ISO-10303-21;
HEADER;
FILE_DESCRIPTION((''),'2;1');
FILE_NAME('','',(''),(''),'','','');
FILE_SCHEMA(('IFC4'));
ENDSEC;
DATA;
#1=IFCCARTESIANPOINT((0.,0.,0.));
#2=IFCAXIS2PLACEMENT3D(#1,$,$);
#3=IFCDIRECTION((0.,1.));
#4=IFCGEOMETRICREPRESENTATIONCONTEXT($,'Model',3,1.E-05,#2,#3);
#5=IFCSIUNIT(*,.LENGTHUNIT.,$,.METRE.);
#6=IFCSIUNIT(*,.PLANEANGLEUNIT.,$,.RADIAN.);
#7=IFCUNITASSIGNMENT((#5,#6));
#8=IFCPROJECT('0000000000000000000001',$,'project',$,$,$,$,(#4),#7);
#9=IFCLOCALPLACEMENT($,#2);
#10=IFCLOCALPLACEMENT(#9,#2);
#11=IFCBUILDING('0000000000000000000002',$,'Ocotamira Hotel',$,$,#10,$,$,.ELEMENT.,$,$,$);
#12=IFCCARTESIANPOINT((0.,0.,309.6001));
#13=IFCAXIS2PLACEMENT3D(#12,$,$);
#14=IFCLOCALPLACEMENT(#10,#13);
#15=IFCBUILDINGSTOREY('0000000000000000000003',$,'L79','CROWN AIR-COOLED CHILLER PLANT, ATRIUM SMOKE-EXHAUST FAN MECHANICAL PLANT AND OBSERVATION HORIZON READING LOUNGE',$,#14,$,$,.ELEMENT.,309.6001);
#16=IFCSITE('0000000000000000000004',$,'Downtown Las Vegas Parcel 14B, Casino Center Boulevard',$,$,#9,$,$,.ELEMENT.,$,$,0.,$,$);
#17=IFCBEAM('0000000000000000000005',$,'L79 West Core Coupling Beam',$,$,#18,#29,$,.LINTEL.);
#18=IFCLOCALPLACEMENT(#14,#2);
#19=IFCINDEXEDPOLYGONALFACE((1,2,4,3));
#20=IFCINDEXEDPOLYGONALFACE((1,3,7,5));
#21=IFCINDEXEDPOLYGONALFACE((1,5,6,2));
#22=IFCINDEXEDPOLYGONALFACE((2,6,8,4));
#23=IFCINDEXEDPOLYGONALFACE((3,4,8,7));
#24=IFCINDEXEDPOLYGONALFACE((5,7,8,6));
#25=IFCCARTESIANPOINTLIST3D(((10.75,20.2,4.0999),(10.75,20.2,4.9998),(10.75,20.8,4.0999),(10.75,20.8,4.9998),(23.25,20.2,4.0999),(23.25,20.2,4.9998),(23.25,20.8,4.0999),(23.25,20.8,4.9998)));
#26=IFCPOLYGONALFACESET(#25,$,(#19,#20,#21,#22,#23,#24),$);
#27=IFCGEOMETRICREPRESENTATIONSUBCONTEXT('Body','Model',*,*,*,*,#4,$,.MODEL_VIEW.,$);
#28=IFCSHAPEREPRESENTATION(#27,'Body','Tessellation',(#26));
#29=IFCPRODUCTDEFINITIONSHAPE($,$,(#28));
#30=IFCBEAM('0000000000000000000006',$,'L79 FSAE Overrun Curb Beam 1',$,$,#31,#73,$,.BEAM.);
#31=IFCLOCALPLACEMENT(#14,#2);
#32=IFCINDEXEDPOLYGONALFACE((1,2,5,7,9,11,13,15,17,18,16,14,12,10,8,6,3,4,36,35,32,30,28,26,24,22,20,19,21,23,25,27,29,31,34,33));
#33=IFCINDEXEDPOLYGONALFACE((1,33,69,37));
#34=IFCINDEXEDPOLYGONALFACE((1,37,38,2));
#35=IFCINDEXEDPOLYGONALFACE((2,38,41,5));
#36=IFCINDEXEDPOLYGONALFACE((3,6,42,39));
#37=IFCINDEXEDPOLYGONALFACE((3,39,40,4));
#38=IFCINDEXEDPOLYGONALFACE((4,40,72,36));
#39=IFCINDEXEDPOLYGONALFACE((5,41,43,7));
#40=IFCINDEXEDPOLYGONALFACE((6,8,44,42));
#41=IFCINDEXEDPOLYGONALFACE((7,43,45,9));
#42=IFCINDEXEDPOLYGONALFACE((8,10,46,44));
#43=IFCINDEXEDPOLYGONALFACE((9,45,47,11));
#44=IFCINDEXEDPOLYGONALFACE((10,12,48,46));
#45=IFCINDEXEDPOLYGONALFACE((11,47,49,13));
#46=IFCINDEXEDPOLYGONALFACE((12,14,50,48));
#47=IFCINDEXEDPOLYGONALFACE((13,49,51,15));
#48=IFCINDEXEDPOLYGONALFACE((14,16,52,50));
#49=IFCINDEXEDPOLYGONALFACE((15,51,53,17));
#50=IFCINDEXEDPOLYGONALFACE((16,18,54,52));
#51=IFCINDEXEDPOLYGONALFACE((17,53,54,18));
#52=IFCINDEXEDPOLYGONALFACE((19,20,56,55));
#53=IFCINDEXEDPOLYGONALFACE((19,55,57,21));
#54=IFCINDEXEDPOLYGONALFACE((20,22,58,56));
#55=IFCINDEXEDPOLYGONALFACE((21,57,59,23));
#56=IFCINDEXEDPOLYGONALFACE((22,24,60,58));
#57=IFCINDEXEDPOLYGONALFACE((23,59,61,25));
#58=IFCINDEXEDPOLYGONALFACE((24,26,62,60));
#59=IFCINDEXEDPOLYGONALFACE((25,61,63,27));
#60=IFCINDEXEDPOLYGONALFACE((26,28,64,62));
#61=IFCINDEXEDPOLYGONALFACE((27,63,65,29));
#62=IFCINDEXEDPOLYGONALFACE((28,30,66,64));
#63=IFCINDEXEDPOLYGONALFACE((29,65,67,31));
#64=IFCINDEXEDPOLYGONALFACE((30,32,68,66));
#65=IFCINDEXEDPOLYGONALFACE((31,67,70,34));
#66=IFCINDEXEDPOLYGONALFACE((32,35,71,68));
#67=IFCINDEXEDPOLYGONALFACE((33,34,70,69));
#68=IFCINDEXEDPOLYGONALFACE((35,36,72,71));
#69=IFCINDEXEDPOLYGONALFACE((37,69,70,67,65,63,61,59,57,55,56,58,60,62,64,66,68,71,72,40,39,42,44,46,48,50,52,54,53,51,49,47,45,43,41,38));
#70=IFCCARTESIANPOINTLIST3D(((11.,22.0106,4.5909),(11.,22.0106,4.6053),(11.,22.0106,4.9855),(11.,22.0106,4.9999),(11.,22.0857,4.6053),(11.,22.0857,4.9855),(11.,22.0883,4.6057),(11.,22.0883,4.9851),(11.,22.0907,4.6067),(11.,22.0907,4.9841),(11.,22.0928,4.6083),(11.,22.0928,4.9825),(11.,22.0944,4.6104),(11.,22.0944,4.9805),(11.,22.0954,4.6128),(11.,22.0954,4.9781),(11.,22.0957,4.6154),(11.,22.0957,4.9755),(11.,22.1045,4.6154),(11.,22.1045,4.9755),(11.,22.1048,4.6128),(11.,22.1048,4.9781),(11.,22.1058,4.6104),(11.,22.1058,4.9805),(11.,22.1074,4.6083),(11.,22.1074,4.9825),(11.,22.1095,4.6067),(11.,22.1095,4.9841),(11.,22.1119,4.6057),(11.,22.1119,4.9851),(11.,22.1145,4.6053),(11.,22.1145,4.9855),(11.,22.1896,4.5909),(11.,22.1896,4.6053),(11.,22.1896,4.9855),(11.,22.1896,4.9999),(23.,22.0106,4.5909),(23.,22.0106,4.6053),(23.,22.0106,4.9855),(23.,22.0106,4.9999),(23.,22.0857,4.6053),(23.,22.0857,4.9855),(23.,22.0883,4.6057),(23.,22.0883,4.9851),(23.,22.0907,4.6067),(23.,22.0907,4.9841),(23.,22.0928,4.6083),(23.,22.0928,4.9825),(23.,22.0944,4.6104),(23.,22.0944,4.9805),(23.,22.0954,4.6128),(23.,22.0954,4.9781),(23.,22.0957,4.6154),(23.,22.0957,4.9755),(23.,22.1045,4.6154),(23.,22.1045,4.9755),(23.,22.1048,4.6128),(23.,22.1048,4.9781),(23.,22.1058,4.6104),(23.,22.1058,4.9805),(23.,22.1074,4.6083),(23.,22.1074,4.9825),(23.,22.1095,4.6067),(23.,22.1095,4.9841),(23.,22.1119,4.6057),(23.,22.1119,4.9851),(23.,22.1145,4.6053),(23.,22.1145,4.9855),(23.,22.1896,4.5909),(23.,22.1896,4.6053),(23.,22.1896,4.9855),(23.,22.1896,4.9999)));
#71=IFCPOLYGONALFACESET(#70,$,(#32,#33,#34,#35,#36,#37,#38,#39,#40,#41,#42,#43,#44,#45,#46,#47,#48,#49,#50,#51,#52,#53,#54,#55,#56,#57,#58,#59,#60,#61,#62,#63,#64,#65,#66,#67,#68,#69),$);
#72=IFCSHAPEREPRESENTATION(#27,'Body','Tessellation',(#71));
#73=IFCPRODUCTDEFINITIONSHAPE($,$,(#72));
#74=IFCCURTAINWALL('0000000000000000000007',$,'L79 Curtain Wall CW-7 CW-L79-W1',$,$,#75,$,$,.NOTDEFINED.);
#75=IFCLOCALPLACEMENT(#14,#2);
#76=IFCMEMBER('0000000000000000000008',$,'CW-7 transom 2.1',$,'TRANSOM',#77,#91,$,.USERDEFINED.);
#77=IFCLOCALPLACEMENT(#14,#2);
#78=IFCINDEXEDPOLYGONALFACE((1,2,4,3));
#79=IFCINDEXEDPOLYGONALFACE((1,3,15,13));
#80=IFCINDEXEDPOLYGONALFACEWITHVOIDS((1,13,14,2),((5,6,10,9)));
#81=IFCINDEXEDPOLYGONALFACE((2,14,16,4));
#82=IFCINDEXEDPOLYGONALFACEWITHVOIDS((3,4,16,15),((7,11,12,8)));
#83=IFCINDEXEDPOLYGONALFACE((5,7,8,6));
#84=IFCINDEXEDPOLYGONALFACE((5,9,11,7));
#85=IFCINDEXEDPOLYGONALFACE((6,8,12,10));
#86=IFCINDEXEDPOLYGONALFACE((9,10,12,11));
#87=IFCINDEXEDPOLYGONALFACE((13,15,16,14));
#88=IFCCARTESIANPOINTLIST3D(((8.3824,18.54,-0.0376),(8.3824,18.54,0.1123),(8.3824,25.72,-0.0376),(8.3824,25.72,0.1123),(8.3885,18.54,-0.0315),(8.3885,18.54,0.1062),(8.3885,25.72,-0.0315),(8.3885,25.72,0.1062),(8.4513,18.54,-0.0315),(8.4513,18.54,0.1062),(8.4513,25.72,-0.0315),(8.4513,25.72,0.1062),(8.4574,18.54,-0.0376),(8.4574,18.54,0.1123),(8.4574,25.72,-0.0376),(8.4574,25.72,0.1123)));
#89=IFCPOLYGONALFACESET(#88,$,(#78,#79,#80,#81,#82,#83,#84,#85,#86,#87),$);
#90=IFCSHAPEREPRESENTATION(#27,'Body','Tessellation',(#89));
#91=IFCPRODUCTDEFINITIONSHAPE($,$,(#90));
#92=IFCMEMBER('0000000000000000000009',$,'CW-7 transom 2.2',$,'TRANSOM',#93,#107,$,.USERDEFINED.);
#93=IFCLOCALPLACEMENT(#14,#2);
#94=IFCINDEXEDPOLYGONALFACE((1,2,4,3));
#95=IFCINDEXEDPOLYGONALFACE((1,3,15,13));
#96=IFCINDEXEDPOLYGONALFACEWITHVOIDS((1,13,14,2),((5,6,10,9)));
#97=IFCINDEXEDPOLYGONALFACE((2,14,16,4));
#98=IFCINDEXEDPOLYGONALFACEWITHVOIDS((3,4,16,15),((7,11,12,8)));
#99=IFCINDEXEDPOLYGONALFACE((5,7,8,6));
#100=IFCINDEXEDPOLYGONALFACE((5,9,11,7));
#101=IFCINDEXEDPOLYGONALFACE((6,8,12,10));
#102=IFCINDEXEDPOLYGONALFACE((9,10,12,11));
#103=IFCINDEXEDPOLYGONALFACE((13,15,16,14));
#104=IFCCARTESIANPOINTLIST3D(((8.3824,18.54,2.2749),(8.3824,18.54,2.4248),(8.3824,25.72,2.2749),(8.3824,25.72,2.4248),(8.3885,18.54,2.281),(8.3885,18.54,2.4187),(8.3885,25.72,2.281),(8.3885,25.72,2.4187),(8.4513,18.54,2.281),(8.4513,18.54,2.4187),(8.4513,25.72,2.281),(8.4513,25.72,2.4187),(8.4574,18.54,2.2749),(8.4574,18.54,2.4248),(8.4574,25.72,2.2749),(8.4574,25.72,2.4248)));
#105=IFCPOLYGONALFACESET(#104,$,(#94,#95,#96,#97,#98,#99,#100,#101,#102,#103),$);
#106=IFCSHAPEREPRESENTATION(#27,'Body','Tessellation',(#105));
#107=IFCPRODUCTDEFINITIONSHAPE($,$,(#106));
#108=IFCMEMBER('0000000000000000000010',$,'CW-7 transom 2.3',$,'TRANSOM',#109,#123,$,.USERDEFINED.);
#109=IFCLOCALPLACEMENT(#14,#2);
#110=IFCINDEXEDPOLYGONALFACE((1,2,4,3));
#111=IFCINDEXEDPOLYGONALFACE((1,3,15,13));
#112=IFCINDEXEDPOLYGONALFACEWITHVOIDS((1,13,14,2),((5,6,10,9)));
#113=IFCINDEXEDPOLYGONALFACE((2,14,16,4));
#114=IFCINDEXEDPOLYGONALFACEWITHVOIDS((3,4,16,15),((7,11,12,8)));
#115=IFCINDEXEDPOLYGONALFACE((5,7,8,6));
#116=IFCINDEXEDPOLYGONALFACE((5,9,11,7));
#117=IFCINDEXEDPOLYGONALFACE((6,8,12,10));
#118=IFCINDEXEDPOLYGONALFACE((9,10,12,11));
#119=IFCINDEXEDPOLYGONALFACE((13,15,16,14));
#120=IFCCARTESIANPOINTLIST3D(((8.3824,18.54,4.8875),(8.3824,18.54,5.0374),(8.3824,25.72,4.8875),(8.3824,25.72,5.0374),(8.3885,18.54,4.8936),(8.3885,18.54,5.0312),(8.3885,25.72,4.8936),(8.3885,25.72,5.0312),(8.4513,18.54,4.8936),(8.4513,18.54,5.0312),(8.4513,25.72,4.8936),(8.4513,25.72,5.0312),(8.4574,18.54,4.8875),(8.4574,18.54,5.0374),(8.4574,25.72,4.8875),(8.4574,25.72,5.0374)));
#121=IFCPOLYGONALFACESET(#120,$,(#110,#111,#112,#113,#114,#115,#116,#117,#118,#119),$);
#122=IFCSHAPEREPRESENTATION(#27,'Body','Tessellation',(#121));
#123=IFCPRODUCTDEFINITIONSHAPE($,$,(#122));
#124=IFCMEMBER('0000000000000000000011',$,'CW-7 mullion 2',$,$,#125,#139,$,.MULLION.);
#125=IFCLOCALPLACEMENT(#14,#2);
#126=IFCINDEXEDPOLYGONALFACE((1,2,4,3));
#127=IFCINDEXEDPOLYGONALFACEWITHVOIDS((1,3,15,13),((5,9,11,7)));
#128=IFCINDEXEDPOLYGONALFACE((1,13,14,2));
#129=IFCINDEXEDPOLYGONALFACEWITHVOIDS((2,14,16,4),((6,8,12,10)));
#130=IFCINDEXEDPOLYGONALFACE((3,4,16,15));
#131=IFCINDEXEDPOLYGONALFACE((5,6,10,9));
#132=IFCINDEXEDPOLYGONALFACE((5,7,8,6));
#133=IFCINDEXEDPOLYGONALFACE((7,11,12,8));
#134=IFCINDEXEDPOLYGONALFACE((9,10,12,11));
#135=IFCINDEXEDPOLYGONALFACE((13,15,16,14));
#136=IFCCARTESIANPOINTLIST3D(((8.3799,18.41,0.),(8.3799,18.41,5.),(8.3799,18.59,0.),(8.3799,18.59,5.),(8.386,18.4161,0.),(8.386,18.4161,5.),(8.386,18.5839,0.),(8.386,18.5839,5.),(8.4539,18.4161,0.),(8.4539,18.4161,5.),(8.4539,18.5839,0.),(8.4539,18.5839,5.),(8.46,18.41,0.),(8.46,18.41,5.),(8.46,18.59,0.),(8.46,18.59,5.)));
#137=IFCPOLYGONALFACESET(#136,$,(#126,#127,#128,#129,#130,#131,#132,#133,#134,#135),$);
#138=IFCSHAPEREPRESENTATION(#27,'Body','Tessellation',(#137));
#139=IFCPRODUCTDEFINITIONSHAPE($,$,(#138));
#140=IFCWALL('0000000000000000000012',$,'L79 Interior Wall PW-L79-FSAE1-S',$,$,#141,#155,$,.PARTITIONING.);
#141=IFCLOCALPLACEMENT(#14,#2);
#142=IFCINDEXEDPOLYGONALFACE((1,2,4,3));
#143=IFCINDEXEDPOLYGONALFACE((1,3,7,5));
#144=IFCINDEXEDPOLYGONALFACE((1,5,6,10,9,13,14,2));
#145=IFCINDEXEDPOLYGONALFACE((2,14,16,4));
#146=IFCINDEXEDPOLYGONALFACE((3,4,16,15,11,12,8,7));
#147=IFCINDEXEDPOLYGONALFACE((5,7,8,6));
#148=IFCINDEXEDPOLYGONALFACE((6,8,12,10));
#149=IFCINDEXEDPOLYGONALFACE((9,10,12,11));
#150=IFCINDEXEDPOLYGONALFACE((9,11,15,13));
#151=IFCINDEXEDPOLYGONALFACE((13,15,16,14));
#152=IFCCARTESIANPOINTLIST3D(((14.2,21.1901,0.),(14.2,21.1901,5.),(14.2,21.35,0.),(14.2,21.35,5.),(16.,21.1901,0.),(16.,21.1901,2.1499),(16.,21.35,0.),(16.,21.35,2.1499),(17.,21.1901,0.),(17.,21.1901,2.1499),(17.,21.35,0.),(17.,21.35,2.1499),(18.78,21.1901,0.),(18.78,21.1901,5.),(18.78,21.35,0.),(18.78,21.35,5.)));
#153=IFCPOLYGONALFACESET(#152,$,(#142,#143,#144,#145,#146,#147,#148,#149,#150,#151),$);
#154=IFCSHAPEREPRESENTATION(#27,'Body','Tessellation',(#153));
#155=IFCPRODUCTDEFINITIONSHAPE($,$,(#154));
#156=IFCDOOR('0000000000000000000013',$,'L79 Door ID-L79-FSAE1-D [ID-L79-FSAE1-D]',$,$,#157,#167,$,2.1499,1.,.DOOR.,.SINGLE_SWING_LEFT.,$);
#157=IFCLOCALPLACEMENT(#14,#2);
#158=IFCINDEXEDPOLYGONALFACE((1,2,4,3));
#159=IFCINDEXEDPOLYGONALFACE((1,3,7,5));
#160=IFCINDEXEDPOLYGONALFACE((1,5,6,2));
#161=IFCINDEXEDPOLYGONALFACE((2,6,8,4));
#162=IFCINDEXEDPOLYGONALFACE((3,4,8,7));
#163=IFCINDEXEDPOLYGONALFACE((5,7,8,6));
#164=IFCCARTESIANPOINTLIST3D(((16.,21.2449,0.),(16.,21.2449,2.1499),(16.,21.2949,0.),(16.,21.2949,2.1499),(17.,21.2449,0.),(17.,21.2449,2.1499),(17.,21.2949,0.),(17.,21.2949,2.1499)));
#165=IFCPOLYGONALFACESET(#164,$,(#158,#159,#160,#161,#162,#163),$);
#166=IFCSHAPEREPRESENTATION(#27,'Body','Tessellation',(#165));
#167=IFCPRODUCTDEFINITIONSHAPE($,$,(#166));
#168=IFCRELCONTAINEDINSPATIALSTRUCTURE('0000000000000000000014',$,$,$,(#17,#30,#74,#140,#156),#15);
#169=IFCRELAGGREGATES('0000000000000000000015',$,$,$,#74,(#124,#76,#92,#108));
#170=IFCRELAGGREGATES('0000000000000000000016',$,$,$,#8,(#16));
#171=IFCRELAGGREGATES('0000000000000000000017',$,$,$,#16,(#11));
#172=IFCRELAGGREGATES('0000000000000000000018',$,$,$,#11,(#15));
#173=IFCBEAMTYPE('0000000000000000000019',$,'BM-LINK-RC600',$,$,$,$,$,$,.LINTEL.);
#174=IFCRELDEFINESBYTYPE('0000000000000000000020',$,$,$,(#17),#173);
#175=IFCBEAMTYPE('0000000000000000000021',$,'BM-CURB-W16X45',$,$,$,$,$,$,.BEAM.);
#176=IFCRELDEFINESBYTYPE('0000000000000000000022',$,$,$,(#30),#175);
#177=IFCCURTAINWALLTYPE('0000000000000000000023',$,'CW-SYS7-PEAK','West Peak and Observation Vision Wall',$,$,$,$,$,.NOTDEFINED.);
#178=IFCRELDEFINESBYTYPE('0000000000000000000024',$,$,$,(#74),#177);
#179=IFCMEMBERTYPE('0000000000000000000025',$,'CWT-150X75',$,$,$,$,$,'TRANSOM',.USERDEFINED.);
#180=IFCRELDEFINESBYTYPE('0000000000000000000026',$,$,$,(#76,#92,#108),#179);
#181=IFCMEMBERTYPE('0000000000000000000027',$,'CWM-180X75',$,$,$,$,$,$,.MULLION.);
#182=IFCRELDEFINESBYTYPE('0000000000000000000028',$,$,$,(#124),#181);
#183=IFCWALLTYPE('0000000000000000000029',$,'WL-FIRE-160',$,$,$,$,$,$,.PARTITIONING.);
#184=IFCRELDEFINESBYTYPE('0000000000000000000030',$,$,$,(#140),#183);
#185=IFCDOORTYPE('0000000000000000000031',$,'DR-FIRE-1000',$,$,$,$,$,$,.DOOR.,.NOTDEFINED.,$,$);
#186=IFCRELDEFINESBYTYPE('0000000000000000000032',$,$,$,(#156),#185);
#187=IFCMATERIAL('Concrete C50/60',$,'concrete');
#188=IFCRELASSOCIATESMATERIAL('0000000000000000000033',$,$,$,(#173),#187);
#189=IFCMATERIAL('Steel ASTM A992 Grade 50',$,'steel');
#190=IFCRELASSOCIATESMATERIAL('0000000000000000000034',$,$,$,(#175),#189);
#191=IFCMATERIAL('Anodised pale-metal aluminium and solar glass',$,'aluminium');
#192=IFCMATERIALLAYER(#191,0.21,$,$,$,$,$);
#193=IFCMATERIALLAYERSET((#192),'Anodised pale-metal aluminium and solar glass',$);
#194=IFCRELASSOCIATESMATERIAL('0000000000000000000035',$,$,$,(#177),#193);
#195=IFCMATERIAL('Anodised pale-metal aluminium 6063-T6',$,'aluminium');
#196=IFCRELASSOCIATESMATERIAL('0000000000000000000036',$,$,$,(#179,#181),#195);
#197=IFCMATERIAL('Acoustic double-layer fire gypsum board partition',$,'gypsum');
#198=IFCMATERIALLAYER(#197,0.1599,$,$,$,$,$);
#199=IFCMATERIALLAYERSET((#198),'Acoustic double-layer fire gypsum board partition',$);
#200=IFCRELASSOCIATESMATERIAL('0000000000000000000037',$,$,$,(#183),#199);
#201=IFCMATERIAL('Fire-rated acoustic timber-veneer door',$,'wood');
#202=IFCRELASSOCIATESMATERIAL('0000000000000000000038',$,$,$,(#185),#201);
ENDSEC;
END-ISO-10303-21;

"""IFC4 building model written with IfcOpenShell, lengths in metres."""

from ifc_helpers import new_model, si_unit, direction, frame, frame_2d, origin, origin_2d, place, context, subcontext, project, spatial, rectangle, hollow_rectangle, i_section, extrude, source, transform, mapped, material, layer, layer_set, material_profile, profile_set, type_object, element, fill, aggregate, save


model = new_model("IFC4")

# Units and contexts
model_context = context("Model", 3, precision=1e-05, world=origin(), true_north=direction((0.0, 1.0)))
body_context = subcontext(model_context, "Body", "Model", "MODEL_VIEW")
ifc_project = project(units=[si_unit("LENGTHUNIT", "METRE"), si_unit("PLANEANGLEUNIT", "RADIAN")], contexts=[model_context])

# Site, building, storey
site_placement = place(None, origin())
site = spatial("IfcSite", under=ifc_project, at=site_placement, Name="Downtown Las Vegas Parcel 14B, Casino Center Boulevard", CompositionType="ELEMENT", RefElevation=0.0)
building_placement = place(site_placement, origin())
building = spatial("IfcBuilding", under=site, at=building_placement, Name="Ocotamira Hotel", CompositionType="ELEMENT")
storey_placement = place(building_placement, frame((0.0, 0.0, 309.6001)))
storey = spatial("IfcBuildingStorey", under=building, at=storey_placement, Name="L79", Description="CROWN AIR-COOLED CHILLER PLANT, ATRIUM SMOKE-EXHAUST FAN MECHANICAL PLANT AND OBSERVATION HORIZON READING LOUNGE", CompositionType="ELEMENT", Elevation=309.6001)

# Beams
ifc_material_1 = material(Name="Concrete C50/60", Category="concrete")
ifc_material_profile_1 = material_profile(ifc_material_1, rectangle(XDim=0.6001, YDim=0.8999, at=origin_2d()), Name="RC600X900")
ifc_profile_set_1 = profile_set([ifc_material_profile_1], Name="Concrete C50/60")
beam_type_1 = type_object("IfcBeamType", Name="BM-LINK-RC600", PredefinedType="LINTEL", material=ifc_profile_set_1)
shared_shape_1 = source(origin(), body_context, "Body", "SweptSolid", [
    extrude(rectangle(XDim=0.6001, YDim=0.8999, at=origin_2d()), origin(), (0.0, 0.0, 1.0), 12.5),
])
beam_1_placement = place(storey_placement, frame((10.75, 20.5, 4.5498), z_axis=(1.0, 0.0, 0.0), x_axis=(0.0, 1.0, 0.0)))
element("IfcBeam", 1, at=beam_1_placement, inside=storey, type_object=beam_type_1, Name="L79 West Core Coupling Beam", PredefinedType="LINTEL", context=body_context, shape_type="MappedRepresentation", body=[
    mapped(shared_shape_1, transform((0.0, 0.0, 0.0), scale=1.0)),
])
ifc_material_2 = material(Name="Steel ASTM A992 Grade 50", Category="steel")
ifc_material_profile_2 = material_profile(ifc_material_2, i_section(OverallWidth=0.179, OverallDepth=0.4089, WebThickness=0.0088, FlangeThickness=0.0144, FilletRadius=0.01, at=origin_2d()), Name="W16X45")
ifc_profile_set_2 = profile_set([ifc_material_profile_2], Name="Steel ASTM A992 Grade 50")
beam_type_2 = type_object("IfcBeamType", Name="BM-CURB-W16X45", PredefinedType="BEAM", material=ifc_profile_set_2)
shared_shape_2 = source(origin(), body_context, "Body", "SweptSolid", [
    extrude(i_section(OverallWidth=0.179, OverallDepth=0.4089, WebThickness=0.0088, FlangeThickness=0.0144, FilletRadius=0.01, at=origin_2d()), origin(), (0.0, 0.0, 1.0), 12.0),
])
beam_2_placement = place(storey_placement, frame((11.0, 22.1001, 4.7954), z_axis=(1.0, 0.0, 0.0), x_axis=(0.0, 1.0, 0.0)))
element("IfcBeam", 2, at=beam_2_placement, inside=storey, type_object=beam_type_2, Name="L79 FSAE Overrun Curb Beam 1", PredefinedType="BEAM", context=body_context, shape_type="MappedRepresentation", body=[
    mapped(shared_shape_2, transform((0.0, 0.0, 0.0), scale=1.0)),
])

# Curtain wall, members
ifc_material_3 = material(Name="Anodised pale-metal aluminium and solar glass", Category="aluminium")
ifc_layer_1 = layer(ifc_material_3, 0.21)
ifc_layer_set_1 = layer_set([ifc_layer_1], Name="Anodised pale-metal aluminium and solar glass")
curtain_wall_type = type_object("IfcCurtainWallType", Name="CW-SYS7-PEAK", Description="West Peak and Observation Vision Wall", PredefinedType="NOTDEFINED", material=ifc_layer_set_1)
curtain_wall_placement = place(storey_placement, origin())
curtain_wall = element("IfcCurtainWall", 3, at=curtain_wall_placement, inside=storey, type_object=curtain_wall_type, Name="L79 Curtain Wall CW-7 CW-L79-W1", PredefinedType="NOTDEFINED")
ifc_material_4 = material(Name="Anodised pale-metal aluminium 6063-T6", Category="aluminium")
ifc_material_profile_3 = material_profile(ifc_material_4, hollow_rectangle(XDim=0.075, YDim=0.1499, WallThickness=0.0061, at=origin_2d()), Name="HSS150X75X6")
ifc_profile_set_3 = profile_set([ifc_material_profile_3], Name="Anodised pale-metal aluminium 6063-T6")
member_type_1 = type_object("IfcMemberType", Name="CWT-150X75", ElementType="TRANSOM", PredefinedType="USERDEFINED", material=ifc_profile_set_3)
shared_shape_3 = source(origin(), body_context, "Body", "SweptSolid", [
    extrude(hollow_rectangle(XDim=0.075, YDim=0.1499, WallThickness=0.0061, at=origin_2d()), origin(), (0.0, 0.0, 1.0), 7.1799),
])
member_1_placement = place(storey_placement, frame((8.4199, 18.54, 0.0374), z_axis=(0.0, 1.0, 0.0), x_axis=(-1.0, 0.0, 0.0)))
member_1 = element("IfcMember", 4, at=member_1_placement, type_object=member_type_1, Name="CW-7 transom 2.1", ObjectType="TRANSOM", PredefinedType="USERDEFINED", context=body_context, shape_type="MappedRepresentation", body=[
    mapped(shared_shape_3, transform((0.0, 0.0, 0.0), scale=1.0)),
])
member_2_placement = place(storey_placement, frame((8.4199, 18.54, 2.3499), z_axis=(0.0, 1.0, 0.0), x_axis=(-1.0, 0.0, 0.0)))
member_2 = element("IfcMember", 5, at=member_2_placement, type_object=member_type_1, Name="CW-7 transom 2.2", ObjectType="TRANSOM", PredefinedType="USERDEFINED", context=body_context, shape_type="MappedRepresentation", body=[
    mapped(shared_shape_3, transform((0.0, 0.0, 0.0), scale=1.0)),
])
member_3_placement = place(storey_placement, frame((8.4199, 18.54, 4.9624), z_axis=(0.0, 1.0, 0.0), x_axis=(-1.0, 0.0, 0.0)))
member_3 = element("IfcMember", 6, at=member_3_placement, type_object=member_type_1, Name="CW-7 transom 2.3", ObjectType="TRANSOM", PredefinedType="USERDEFINED", context=body_context, shape_type="MappedRepresentation", body=[
    mapped(shared_shape_3, transform((0.0, 0.0, 0.0), scale=1.0)),
])
ifc_material_profile_4 = material_profile(ifc_material_4, hollow_rectangle(XDim=0.0801, YDim=0.1799, WallThickness=0.0061, at=origin_2d()), Name="HSS180X80X6")
ifc_profile_set_4 = profile_set([ifc_material_profile_4], Name="Anodised pale-metal aluminium 6063-T6")
member_type_2 = type_object("IfcMemberType", Name="CWM-180X75", PredefinedType="MULLION", material=ifc_profile_set_4)
shared_shape_4 = source(origin(), body_context, "Body", "SweptSolid", [
    extrude(hollow_rectangle(XDim=0.0801, YDim=0.1799, WallThickness=0.0061, at=origin_2d()), origin(), (0.0, 0.0, 1.0), 5.0),
])
member_4_placement = place(storey_placement, frame((8.4199, 18.5, 0.0), z_axis=(0.0, 0.0, 1.0), x_axis=(-1.0, 0.0, 0.0)))
member_4 = element("IfcMember", 7, at=member_4_placement, type_object=member_type_2, Name="CW-7 mullion 2", PredefinedType="MULLION", context=body_context, shape_type="MappedRepresentation", body=[
    mapped(shared_shape_4, transform((0.0, 0.0, 0.0), scale=1.0)),
])
aggregate(curtain_wall, [member_4, member_1, member_2, member_3])

# Wall, opening, door
ifc_material_5 = material(Name="Acoustic double-layer fire gypsum board partition", Category="gypsum")
ifc_layer_2 = layer(ifc_material_5, 0.1599)
ifc_layer_set_2 = layer_set([ifc_layer_2], Name="Acoustic double-layer fire gypsum board partition")
wall_type_1 = type_object("IfcWallType", Name="WL-FIRE-160", PredefinedType="PARTITIONING", material=ifc_layer_set_2)
wall_1_placement = place(storey_placement, frame((14.2, 21.27, 0.0), z_axis=(0.0, 0.0, 1.0), x_axis=(1.0, 0.0, 0.0)))
wall_1 = element("IfcWall", 8, at=wall_1_placement, inside=storey, type_object=wall_type_1, Name="L79 Interior Wall PW-L79-FSAE1-S", PredefinedType="PARTITIONING", context=body_context, shape_type="SweptSolid", body=[
    extrude(rectangle(XDim=4.5801, YDim=0.1599, at=frame_2d((2.29, 0.0))), origin(), (0.0, 0.0, 1.0), 5.0),
])
opening_1_placement = place(wall_1_placement, frame((1.8, 0.0, 0.0)))
opening_1 = element("IfcOpeningElement", 9, at=opening_1_placement, cuts=wall_1, PredefinedType="OPENING", context=body_context, shape_type="SweptSolid", body=[
    extrude(rectangle(XDim=1.0, YDim=2.1499, at=frame_2d((0.5, 1.075))), frame((0.0, 0.0898, 0.0), z_axis=(0.0, -1.0, 0.0), x_axis=(1.0, 0.0, 0.0)), (0.0, 0.0, 1.0), 0.1799),
])
ifc_material_6 = material(Name="Fire-rated acoustic timber-veneer door", Category="wood")
door_type_1 = type_object("IfcDoorType", Name="DR-FIRE-1000", OperationType="NOTDEFINED", PredefinedType="DOOR", material=ifc_material_6)
shared_shape_5 = source(origin(), body_context, "Body", "SweptSolid", [
    extrude(rectangle(XDim=1.0, YDim=2.1499, at=frame_2d((0.5, 1.075))), frame((0.0, 0.0249, 0.0), z_axis=(0.0, -1.0, 0.0), x_axis=(1.0, 0.0, 0.0)), (0.0, 0.0, 1.0), 0.05),
])
door_1_placement = place(opening_1_placement, origin())
door_1 = element("IfcDoor", 10, at=door_1_placement, inside=storey, type_object=door_type_1, Name="L79 Door ID-L79-FSAE1-D [ID-L79-FSAE1-D]", OperationType="SINGLE_SWING_LEFT", OverallHeight=2.1499, OverallWidth=1.0, PredefinedType="DOOR", context=body_context, shape_type="MappedRepresentation", body=[
    mapped(shared_shape_5, transform((0.0, 0.0, 0.0), scale=1.0)),
])
fill(opening_1, door_1)

save(model, "model.ifc")
